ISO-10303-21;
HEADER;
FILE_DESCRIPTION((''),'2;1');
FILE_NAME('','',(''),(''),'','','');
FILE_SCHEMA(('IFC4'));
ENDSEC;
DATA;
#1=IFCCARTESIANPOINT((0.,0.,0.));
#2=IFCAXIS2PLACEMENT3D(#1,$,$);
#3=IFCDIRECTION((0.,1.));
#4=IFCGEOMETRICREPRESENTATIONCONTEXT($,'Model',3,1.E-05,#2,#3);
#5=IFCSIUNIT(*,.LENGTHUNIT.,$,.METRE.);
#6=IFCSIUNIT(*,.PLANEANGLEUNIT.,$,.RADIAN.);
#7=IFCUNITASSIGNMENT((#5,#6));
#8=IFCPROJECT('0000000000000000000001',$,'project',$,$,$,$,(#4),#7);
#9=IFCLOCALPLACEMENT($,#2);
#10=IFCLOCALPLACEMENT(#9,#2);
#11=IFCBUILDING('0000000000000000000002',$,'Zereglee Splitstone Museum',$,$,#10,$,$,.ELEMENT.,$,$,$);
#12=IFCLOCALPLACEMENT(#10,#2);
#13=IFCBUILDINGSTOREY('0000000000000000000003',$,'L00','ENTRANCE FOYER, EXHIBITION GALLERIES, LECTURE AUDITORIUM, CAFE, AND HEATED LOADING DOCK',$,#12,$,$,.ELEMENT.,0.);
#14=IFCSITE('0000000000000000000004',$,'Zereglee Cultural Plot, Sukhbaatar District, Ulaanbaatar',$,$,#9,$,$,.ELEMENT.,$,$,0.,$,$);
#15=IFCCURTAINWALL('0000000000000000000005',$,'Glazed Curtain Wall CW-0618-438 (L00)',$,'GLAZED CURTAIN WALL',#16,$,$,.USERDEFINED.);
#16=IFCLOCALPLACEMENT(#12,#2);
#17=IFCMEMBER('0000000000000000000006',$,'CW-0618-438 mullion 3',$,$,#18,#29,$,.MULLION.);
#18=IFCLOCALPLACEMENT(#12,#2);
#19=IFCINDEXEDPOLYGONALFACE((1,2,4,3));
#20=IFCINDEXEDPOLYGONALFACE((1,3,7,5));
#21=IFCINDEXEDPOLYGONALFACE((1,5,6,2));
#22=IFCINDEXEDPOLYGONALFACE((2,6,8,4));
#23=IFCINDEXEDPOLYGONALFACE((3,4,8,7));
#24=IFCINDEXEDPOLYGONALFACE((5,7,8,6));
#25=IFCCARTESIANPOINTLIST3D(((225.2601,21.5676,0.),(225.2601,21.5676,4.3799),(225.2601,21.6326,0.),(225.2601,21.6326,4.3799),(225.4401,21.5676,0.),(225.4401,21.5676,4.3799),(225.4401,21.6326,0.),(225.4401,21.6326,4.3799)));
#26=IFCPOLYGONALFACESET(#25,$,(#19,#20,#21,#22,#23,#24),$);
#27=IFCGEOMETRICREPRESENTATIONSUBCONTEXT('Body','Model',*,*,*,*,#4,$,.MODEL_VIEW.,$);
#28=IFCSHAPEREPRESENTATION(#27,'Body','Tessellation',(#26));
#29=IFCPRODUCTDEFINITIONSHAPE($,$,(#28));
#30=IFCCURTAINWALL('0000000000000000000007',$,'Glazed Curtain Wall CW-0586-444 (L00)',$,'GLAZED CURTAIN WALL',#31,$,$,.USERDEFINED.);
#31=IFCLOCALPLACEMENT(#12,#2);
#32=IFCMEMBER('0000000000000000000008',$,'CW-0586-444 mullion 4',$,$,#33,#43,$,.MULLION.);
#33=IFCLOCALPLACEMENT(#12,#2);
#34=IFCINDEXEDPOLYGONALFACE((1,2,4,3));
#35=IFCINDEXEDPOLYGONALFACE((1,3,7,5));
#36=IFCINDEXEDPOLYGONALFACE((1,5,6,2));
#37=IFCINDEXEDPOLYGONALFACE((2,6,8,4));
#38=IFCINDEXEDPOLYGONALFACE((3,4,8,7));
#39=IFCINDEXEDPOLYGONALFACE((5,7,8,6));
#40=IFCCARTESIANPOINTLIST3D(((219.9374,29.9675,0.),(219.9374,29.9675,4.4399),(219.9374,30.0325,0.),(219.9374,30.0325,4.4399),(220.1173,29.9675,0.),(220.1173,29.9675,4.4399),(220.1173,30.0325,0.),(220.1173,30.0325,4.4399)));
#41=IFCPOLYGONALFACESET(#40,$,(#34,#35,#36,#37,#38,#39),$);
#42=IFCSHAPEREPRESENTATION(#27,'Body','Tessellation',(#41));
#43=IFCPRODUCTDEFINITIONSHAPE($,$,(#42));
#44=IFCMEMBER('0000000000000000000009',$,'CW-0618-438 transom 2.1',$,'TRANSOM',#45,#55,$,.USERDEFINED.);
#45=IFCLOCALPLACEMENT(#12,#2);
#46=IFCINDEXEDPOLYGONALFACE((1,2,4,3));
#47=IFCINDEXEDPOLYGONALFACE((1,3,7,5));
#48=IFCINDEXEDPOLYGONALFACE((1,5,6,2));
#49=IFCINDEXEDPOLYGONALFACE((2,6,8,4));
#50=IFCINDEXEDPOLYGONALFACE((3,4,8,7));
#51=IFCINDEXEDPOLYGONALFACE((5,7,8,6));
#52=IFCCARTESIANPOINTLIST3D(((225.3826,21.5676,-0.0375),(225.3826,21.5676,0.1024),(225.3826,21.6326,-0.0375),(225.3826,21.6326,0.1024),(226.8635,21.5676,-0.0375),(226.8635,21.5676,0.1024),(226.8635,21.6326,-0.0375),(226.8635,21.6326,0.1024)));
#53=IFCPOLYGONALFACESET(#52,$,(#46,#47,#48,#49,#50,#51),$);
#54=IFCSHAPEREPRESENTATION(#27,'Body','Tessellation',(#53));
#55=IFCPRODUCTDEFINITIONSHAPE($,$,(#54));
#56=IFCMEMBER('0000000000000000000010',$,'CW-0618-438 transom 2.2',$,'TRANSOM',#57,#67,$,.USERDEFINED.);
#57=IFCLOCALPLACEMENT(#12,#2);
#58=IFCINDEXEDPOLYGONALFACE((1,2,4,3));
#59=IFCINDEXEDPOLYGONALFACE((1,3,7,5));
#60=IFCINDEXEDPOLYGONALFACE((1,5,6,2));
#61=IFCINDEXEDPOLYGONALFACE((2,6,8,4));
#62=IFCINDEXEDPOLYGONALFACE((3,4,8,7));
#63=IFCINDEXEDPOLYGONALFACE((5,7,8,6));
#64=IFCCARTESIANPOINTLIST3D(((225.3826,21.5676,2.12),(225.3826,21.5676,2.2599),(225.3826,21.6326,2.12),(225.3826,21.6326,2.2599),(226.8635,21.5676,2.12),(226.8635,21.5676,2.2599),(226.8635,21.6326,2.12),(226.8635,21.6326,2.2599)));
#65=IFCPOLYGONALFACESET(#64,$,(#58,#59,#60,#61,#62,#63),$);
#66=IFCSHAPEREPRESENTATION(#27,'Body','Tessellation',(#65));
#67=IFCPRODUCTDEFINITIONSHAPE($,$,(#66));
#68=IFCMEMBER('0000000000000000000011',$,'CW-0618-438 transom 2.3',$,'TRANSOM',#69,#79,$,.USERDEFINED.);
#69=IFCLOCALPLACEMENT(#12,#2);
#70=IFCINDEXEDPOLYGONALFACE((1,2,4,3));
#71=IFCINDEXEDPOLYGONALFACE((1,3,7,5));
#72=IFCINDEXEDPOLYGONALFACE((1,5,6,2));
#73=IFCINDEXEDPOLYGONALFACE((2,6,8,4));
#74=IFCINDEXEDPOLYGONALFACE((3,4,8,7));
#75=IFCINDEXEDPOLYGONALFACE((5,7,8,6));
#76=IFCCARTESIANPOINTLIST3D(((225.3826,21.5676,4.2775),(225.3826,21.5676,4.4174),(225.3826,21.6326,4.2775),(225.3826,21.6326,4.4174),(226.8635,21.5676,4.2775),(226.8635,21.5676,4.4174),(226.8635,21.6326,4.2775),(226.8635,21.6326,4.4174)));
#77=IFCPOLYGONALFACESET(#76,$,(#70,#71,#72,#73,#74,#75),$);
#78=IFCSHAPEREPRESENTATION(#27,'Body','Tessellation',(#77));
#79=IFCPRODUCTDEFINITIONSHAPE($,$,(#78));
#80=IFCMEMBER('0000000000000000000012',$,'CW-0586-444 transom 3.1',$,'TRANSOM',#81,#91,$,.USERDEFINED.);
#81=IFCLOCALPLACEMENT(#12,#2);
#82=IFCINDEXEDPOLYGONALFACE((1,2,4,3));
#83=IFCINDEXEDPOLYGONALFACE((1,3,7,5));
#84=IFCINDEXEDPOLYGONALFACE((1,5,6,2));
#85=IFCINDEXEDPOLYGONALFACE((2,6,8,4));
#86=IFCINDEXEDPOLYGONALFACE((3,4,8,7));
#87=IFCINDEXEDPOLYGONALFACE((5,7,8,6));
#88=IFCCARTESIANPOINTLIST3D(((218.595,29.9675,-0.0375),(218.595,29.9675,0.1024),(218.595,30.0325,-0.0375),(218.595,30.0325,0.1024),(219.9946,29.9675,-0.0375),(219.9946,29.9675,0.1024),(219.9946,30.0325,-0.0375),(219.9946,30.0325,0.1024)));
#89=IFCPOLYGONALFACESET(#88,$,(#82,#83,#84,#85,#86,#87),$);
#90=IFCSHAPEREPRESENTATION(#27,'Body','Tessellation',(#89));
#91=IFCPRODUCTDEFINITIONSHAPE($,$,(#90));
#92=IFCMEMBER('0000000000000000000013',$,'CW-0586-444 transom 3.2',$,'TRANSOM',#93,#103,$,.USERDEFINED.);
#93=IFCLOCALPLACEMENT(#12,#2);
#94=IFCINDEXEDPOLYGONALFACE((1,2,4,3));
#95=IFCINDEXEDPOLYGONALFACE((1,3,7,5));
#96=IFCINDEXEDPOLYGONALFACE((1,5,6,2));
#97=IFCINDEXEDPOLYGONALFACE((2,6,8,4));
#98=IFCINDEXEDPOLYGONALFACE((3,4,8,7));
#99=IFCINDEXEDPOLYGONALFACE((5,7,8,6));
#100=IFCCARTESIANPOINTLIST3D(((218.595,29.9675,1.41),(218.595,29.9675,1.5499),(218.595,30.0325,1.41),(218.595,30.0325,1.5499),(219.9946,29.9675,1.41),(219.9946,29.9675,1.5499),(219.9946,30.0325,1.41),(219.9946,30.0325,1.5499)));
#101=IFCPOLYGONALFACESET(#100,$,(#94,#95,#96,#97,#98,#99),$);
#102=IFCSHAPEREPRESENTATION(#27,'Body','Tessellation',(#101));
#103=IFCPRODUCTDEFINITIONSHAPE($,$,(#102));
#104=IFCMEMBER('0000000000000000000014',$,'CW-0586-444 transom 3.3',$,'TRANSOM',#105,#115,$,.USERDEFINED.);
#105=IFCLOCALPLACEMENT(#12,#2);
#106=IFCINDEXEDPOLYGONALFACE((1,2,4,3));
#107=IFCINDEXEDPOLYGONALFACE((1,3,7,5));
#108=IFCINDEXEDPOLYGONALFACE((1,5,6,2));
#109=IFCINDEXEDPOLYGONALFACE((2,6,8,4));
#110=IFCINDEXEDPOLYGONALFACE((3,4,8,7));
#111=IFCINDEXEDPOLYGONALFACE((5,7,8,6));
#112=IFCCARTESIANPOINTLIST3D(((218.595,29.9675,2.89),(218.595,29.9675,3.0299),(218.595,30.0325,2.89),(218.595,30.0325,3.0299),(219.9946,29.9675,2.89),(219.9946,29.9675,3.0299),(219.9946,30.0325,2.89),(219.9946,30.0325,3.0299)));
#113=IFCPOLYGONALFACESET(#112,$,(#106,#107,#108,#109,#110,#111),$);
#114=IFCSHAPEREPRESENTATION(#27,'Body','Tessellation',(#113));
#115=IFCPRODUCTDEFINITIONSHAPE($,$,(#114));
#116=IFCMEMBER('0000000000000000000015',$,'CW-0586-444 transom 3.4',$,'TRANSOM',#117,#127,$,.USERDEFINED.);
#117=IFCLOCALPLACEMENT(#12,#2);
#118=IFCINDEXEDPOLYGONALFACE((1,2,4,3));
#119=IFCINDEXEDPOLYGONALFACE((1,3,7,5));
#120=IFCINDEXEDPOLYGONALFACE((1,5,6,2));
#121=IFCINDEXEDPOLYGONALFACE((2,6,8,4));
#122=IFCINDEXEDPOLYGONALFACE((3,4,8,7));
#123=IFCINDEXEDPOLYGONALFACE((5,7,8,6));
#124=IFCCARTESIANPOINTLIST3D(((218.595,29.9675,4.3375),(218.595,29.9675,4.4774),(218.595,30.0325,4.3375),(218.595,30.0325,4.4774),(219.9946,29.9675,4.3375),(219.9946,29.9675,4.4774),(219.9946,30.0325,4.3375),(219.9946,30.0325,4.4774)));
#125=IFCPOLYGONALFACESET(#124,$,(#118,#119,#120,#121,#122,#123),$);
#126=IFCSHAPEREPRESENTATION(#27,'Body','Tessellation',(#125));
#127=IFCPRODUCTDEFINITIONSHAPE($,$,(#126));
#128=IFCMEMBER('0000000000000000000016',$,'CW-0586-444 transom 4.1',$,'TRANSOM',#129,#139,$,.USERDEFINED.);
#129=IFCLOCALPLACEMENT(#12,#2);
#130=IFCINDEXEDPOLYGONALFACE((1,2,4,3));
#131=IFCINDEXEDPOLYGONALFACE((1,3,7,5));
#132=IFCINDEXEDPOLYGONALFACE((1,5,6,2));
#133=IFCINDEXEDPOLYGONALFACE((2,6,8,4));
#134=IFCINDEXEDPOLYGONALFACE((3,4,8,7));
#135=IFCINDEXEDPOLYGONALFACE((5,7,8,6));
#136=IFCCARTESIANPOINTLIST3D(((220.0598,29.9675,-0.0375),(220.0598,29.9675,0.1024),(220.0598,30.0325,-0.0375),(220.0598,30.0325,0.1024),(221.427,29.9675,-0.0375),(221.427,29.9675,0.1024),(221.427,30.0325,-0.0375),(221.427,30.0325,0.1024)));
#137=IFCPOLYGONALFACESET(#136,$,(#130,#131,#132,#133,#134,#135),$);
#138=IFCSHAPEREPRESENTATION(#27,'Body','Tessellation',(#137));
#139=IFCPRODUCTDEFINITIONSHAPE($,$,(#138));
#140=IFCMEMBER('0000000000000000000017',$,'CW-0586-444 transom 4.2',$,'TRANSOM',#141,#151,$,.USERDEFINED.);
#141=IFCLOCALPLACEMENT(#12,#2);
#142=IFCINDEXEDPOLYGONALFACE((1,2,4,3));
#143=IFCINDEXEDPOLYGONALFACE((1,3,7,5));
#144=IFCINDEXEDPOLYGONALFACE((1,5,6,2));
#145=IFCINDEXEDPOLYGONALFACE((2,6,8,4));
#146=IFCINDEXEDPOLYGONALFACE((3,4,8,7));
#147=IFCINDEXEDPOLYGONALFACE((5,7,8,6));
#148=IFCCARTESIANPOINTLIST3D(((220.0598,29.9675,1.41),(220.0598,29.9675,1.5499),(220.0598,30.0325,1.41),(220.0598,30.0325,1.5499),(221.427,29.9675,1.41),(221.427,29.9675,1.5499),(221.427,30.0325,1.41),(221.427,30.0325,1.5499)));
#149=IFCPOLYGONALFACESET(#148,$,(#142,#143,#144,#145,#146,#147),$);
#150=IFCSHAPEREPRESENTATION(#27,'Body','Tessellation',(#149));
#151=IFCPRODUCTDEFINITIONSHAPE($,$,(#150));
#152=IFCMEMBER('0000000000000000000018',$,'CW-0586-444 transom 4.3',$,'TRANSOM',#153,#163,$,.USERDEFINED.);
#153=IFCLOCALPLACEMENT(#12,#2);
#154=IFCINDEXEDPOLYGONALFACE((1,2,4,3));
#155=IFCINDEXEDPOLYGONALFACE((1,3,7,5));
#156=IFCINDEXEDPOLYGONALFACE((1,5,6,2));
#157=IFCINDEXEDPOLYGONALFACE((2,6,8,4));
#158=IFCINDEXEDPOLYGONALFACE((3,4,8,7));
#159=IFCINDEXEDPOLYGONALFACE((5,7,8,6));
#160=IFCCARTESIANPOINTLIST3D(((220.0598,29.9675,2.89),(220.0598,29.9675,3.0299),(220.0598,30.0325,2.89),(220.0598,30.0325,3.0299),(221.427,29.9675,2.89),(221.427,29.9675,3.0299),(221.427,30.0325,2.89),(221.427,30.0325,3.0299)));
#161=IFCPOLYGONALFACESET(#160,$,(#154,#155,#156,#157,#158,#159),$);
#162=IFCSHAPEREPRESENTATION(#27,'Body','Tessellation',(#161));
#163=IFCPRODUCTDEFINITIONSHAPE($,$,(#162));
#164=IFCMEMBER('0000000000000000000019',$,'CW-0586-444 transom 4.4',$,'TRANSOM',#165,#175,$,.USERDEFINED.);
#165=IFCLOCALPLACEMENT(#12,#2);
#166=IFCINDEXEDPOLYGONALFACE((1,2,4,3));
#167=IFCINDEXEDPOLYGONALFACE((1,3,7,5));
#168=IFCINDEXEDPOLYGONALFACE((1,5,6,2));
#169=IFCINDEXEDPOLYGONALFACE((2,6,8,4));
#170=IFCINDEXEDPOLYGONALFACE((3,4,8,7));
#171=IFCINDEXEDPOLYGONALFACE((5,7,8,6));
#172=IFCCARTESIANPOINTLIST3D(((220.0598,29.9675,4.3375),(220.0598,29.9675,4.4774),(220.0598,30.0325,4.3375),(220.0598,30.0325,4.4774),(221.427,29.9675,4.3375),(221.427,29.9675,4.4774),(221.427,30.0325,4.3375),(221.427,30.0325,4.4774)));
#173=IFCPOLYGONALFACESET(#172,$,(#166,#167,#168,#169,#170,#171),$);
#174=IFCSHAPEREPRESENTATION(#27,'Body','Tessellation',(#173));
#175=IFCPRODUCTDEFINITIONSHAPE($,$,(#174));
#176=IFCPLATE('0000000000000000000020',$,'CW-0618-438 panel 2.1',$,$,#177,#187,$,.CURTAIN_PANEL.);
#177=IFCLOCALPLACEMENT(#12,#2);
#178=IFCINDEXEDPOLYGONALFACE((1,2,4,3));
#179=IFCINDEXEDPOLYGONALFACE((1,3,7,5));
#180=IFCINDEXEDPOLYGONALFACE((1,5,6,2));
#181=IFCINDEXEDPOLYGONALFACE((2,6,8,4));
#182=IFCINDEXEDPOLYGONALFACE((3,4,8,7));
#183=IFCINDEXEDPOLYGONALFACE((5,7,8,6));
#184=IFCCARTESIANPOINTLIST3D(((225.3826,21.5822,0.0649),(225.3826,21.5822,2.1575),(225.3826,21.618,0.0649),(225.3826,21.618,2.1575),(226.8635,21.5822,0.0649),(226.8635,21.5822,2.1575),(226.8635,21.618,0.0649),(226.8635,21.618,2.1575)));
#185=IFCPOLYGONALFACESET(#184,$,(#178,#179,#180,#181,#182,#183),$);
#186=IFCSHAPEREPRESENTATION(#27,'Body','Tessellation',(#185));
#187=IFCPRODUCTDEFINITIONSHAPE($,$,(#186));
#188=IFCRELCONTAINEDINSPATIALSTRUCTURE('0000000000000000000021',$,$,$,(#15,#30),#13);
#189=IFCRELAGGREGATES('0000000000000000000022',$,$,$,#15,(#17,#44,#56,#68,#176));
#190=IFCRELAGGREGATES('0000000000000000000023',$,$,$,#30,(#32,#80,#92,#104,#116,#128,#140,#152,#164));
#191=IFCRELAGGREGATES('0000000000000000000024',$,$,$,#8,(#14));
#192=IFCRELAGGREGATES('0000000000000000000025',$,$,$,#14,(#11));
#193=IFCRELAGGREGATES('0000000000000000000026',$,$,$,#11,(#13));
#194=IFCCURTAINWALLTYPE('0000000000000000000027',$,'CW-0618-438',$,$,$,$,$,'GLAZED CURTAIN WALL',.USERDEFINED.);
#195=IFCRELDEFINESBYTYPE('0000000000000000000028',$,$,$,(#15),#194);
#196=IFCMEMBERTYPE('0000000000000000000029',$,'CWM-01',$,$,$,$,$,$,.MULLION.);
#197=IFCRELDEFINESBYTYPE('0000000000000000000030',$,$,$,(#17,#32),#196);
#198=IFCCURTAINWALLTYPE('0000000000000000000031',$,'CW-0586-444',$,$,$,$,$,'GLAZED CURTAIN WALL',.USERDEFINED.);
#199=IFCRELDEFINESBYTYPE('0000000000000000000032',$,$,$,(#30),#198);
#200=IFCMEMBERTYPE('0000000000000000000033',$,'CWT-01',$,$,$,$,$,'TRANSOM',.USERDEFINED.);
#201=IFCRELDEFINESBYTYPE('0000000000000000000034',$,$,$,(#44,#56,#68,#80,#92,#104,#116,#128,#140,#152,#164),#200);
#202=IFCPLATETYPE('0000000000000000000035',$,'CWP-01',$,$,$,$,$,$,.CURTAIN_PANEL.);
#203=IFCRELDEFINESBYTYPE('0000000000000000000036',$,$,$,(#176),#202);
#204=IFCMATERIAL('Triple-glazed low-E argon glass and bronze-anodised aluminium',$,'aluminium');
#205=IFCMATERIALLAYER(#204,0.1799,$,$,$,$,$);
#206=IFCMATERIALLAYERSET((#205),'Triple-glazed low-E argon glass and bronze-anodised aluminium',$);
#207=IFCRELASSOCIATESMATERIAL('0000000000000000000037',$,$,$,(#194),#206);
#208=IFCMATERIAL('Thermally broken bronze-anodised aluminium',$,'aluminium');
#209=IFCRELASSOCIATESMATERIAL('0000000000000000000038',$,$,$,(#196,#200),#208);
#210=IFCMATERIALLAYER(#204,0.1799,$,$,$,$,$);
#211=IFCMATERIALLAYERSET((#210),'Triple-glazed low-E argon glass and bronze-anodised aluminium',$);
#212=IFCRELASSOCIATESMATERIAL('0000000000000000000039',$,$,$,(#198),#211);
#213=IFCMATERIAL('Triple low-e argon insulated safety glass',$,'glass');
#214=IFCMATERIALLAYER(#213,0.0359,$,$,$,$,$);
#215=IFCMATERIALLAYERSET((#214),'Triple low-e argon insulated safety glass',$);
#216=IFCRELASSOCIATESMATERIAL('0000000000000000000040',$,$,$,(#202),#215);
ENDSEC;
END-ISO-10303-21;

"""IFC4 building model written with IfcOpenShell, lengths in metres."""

from ifc_helpers import new_model, si_unit, direction, frame, origin, origin_2d, place, context, subcontext, project, spatial, rectangle, extrude, material, layer, layer_set, material_profile, profile_set, type_object, element, aggregate, save


model = new_model("IFC4")

# Units and contexts
model_context = context("Model", 3, precision=1e-05, world=origin(), true_north=direction((0.0, 1.0)))
body_context = subcontext(model_context, "Body", "Model", "MODEL_VIEW")
ifc_project = project(units=[si_unit("LENGTHUNIT", "METRE"), si_unit("PLANEANGLEUNIT", "RADIAN")], contexts=[model_context])

# Site, building, storey
site_placement = place(None, origin())
site = spatial("IfcSite", under=ifc_project, at=site_placement, Name="Zereglee Cultural Plot, Sukhbaatar District, Ulaanbaatar", CompositionType="ELEMENT", RefElevation=0.0)
building_placement = place(site_placement, origin())
building = spatial("IfcBuilding", under=site, at=building_placement, Name="Zereglee Splitstone Museum", CompositionType="ELEMENT")
storey_placement = place(building_placement, origin())
storey = spatial("IfcBuildingStorey", under=building, at=storey_placement, Name="L00", Description="ENTRANCE FOYER, EXHIBITION GALLERIES, LECTURE AUDITORIUM, CAFE, AND HEATED LOADING DOCK", CompositionType="ELEMENT", Elevation=0.0)

# Curtain walls, members
ifc_material_1 = material(Name="Triple-glazed low-E argon glass and bronze-anodised aluminium", Category="aluminium")
ifc_layer_1 = layer(ifc_material_1, 0.1799)
ifc_layer_set_1 = layer_set([ifc_layer_1], Name="Triple-glazed low-E argon glass and bronze-anodised aluminium")
curtain_wall_type_1 = type_object("IfcCurtainWallType", Name="CW-0618-438", ElementType="GLAZED CURTAIN WALL", PredefinedType="USERDEFINED", material=ifc_layer_set_1)
curtain_wall_1_placement = place(storey_placement, origin())
curtain_wall_1 = element("IfcCurtainWall", 1, at=curtain_wall_1_placement, inside=storey, type_object=curtain_wall_type_1, Name="Glazed Curtain Wall CW-0618-438 (L00)", ObjectType="GLAZED CURTAIN WALL", PredefinedType="USERDEFINED")
ifc_material_2 = material(Name="Thermally broken bronze-anodised aluminium", Category="aluminium")
ifc_material_profile_1 = material_profile(ifc_material_2, rectangle(XDim=0.0649, YDim=0.1799, at=origin_2d()), Name="CW MULL 65x180")
ifc_profile_set_1 = profile_set([ifc_material_profile_1], Name="Thermally broken bronze-anodised aluminium")
member_type_1 = type_object("IfcMemberType", Name="CWM-01", PredefinedType="MULLION", material=ifc_profile_set_1)
member_1_placement = place(storey_placement, frame((225.3501, 21.6001, 0.0), z_axis=(0.0, 0.0, 1.0), x_axis=(0.0, -1.0, 0.0)))
member_1 = element("IfcMember", 2, at=member_1_placement, type_object=member_type_1, Name="CW-0618-438 mullion 3", PredefinedType="MULLION", context=body_context, shape_type="SweptSolid", body=[
    extrude(rectangle(XDim=0.0649, YDim=0.1799, at=origin_2d()), origin(), (0.0, 0.0, 1.0), 4.3799),
])
ifc_layer_2 = layer(ifc_material_1, 0.1799)
ifc_layer_set_2 = layer_set([ifc_layer_2], Name="Triple-glazed low-E argon glass and bronze-anodised aluminium")
curtain_wall_type_2 = type_object("IfcCurtainWallType", Name="CW-0586-444", ElementType="GLAZED CURTAIN WALL", PredefinedType="USERDEFINED", material=ifc_layer_set_2)
curtain_wall_2_placement = place(storey_placement, origin())
curtain_wall_2 = element("IfcCurtainWall", 3, at=curtain_wall_2_placement, inside=storey, type_object=curtain_wall_type_2, Name="Glazed Curtain Wall CW-0586-444 (L00)", ObjectType="GLAZED CURTAIN WALL", PredefinedType="USERDEFINED")
member_2_placement = place(storey_placement, frame((220.0273, 30.0, 0.0), z_axis=(0.0, 0.0, 1.0), x_axis=(0.0, 1.0, 0.0)))
member_2 = element("IfcMember", 4, at=member_2_placement, type_object=member_type_1, Name="CW-0586-444 mullion 4", PredefinedType="MULLION", context=body_context, shape_type="SweptSolid", body=[
    extrude(rectangle(XDim=0.0649, YDim=0.1799, at=origin_2d()), origin(), (0.0, 0.0, 1.0), 4.4399),
])

# Members
ifc_material_profile_2 = material_profile(ifc_material_2, rectangle(XDim=0.0649, YDim=0.1399, at=origin_2d()), Name="CW TRAN 65x140")
ifc_profile_set_2 = profile_set([ifc_material_profile_2], Name="Thermally broken bronze-anodised aluminium")
member_type_2 = type_object("IfcMemberType", Name="CWT-01", ElementType="TRANSOM", PredefinedType="USERDEFINED", material=ifc_profile_set_2)
member_3_placement = place(storey_placement, frame((226.8635, 21.6001, 0.0325), z_axis=(-1.0, 0.0, 0.0), x_axis=(0.0, -1.0, 0.0)))
member_3 = element("IfcMember", 5, at=member_3_placement, type_object=member_type_2, Name="CW-0618-438 transom 2.1", ObjectType="TRANSOM", PredefinedType="USERDEFINED", context=body_context, shape_type="SweptSolid", body=[
    extrude(rectangle(XDim=0.0649, YDim=0.1399, at=origin_2d()), origin(), (0.0, 0.0, 1.0), 1.481),
])
member_4_placement = place(storey_placement, frame((226.8635, 21.6001, 2.1899), z_axis=(-1.0, 0.0, 0.0), x_axis=(0.0, -1.0, 0.0)))
member_4 = element("IfcMember", 6, at=member_4_placement, type_object=member_type_2, Name="CW-0618-438 transom 2.2", ObjectType="TRANSOM", PredefinedType="USERDEFINED", context=body_context, shape_type="SweptSolid", body=[
    extrude(rectangle(XDim=0.0649, YDim=0.1399, at=origin_2d()), origin(), (0.0, 0.0, 1.0), 1.481),
])
member_5_placement = place(storey_placement, frame((226.8635, 21.6001, 4.3474), z_axis=(-1.0, 0.0, 0.0), x_axis=(0.0, -1.0, 0.0)))
member_5 = element("IfcMember", 7, at=member_5_placement, type_object=member_type_2, Name="CW-0618-438 transom 2.3", ObjectType="TRANSOM", PredefinedType="USERDEFINED", context=body_context, shape_type="SweptSolid", body=[
    extrude(rectangle(XDim=0.0649, YDim=0.1399, at=origin_2d()), origin(), (0.0, 0.0, 1.0), 1.481),
])
member_6_placement = place(storey_placement, frame((218.595, 30.0, 0.0325), z_axis=(1.0, 0.0, 0.0), x_axis=(0.0, 1.0, 0.0)))
member_6 = element("IfcMember", 8, at=member_6_placement, type_object=member_type_2, Name="CW-0586-444 transom 3.1", ObjectType="TRANSOM", PredefinedType="USERDEFINED", context=body_context, shape_type="SweptSolid", body=[
    extrude(rectangle(XDim=0.0649, YDim=0.1399, at=origin_2d()), origin(), (0.0, 0.0, 1.0), 1.3997),
])
member_7_placement = place(storey_placement, frame((218.595, 30.0, 1.48), z_axis=(1.0, 0.0, 0.0), x_axis=(0.0, 1.0, 0.0)))
member_7 = element("IfcMember", 9, at=member_7_placement, type_object=member_type_2, Name="CW-0586-444 transom 3.2", ObjectType="TRANSOM", PredefinedType="USERDEFINED", context=body_context, shape_type="SweptSolid", body=[
    extrude(rectangle(XDim=0.0649, YDim=0.1399, at=origin_2d()), origin(), (0.0, 0.0, 1.0), 1.3997),
])
member_8_placement = place(storey_placement, frame((218.595, 30.0, 2.96), z_axis=(1.0, 0.0, 0.0), x_axis=(0.0, 1.0, 0.0)))
member_8 = element("IfcMember", 10, at=member_8_placement, type_object=member_type_2, Name="CW-0586-444 transom 3.3", ObjectType="TRANSOM", PredefinedType="USERDEFINED", context=body_context, shape_type="SweptSolid", body=[
    extrude(rectangle(XDim=0.0649, YDim=0.1399, at=origin_2d()), origin(), (0.0, 0.0, 1.0), 1.3997),
])
member_9_placement = place(storey_placement, frame((218.595, 30.0, 4.4075), z_axis=(1.0, 0.0, 0.0), x_axis=(0.0, 1.0, 0.0)))
member_9 = element("IfcMember", 11, at=member_9_placement, type_object=member_type_2, Name="CW-0586-444 transom 3.4", ObjectType="TRANSOM", PredefinedType="USERDEFINED", context=body_context, shape_type="SweptSolid", body=[
    extrude(rectangle(XDim=0.0649, YDim=0.1399, at=origin_2d()), origin(), (0.0, 0.0, 1.0), 1.3997),
])
member_10_placement = place(storey_placement, frame((220.0598, 30.0, 0.0325), z_axis=(1.0, 0.0, 0.0), x_axis=(0.0, 1.0, 0.0)))
member_10 = element("IfcMember", 12, at=member_10_placement, type_object=member_type_2, Name="CW-0586-444 transom 4.1", ObjectType="TRANSOM", PredefinedType="USERDEFINED", context=body_context, shape_type="SweptSolid", body=[
    extrude(rectangle(XDim=0.0649, YDim=0.1399, at=origin_2d()), origin(), (0.0, 0.0, 1.0), 1.3672),
])
member_11_placement = place(storey_placement, frame((220.0598, 30.0, 1.48), z_axis=(1.0, 0.0, 0.0), x_axis=(0.0, 1.0, 0.0)))
member_11 = element("IfcMember", 13, at=member_11_placement, type_object=member_type_2, Name="CW-0586-444 transom 4.2", ObjectType="TRANSOM", PredefinedType="USERDEFINED", context=body_context, shape_type="SweptSolid", body=[
    extrude(rectangle(XDim=0.0649, YDim=0.1399, at=origin_2d()), origin(), (0.0, 0.0, 1.0), 1.3672),
])
member_12_placement = place(storey_placement, frame((220.0598, 30.0, 2.96), z_axis=(1.0, 0.0, 0.0), x_axis=(0.0, 1.0, 0.0)))
member_12 = element("IfcMember", 14, at=member_12_placement, type_object=member_type_2, Name="CW-0586-444 transom 4.3", ObjectType="TRANSOM", PredefinedType="USERDEFINED", context=body_context, shape_type="SweptSolid", body=[
    extrude(rectangle(XDim=0.0649, YDim=0.1399, at=origin_2d()), origin(), (0.0, 0.0, 1.0), 1.3672),
])
member_13_placement = place(storey_placement, frame((220.0598, 30.0, 4.4075), z_axis=(1.0, 0.0, 0.0), x_axis=(0.0, 1.0, 0.0)))
member_13 = element("IfcMember", 15, at=member_13_placement, type_object=member_type_2, Name="CW-0586-444 transom 4.4", ObjectType="TRANSOM", PredefinedType="USERDEFINED", context=body_context, shape_type="SweptSolid", body=[
    extrude(rectangle(XDim=0.0649, YDim=0.1399, at=origin_2d()), origin(), (0.0, 0.0, 1.0), 1.3672),
])

# Plate
ifc_material_3 = material(Name="Triple low-e argon insulated safety glass", Category="glass")
ifc_layer_3 = layer(ifc_material_3, 0.0359)
ifc_layer_set_3 = layer_set([ifc_layer_3], Name="Triple low-e argon insulated safety glass")
plate_type = type_object("IfcPlateType", Name="CWP-01", PredefinedType="CURTAIN_PANEL", material=ifc_layer_set_3)
plate_1_placement = place(storey_placement, frame((226.123, 21.6001, 0.0649), z_axis=(0.0, 0.0, 1.0), x_axis=(-1.0, 0.0, 0.0)))
plate_1 = element("IfcPlate", 16, at=plate_1_placement, type_object=plate_type, Name="CW-0618-438 panel 2.1", PredefinedType="CURTAIN_PANEL", context=body_context, shape_type="SweptSolid", body=[
    extrude(rectangle(XDim=1.481, YDim=0.0359, at=origin_2d()), origin(), (0.0, 0.0, 1.0), 2.0925),
])
aggregate(curtain_wall_1, [member_1, member_3, member_4, member_5, plate_1])
aggregate(curtain_wall_2, [member_2, member_6, member_7, member_8, member_9, member_10, member_11, member_12, member_13])

save(model, "model.ifc")
